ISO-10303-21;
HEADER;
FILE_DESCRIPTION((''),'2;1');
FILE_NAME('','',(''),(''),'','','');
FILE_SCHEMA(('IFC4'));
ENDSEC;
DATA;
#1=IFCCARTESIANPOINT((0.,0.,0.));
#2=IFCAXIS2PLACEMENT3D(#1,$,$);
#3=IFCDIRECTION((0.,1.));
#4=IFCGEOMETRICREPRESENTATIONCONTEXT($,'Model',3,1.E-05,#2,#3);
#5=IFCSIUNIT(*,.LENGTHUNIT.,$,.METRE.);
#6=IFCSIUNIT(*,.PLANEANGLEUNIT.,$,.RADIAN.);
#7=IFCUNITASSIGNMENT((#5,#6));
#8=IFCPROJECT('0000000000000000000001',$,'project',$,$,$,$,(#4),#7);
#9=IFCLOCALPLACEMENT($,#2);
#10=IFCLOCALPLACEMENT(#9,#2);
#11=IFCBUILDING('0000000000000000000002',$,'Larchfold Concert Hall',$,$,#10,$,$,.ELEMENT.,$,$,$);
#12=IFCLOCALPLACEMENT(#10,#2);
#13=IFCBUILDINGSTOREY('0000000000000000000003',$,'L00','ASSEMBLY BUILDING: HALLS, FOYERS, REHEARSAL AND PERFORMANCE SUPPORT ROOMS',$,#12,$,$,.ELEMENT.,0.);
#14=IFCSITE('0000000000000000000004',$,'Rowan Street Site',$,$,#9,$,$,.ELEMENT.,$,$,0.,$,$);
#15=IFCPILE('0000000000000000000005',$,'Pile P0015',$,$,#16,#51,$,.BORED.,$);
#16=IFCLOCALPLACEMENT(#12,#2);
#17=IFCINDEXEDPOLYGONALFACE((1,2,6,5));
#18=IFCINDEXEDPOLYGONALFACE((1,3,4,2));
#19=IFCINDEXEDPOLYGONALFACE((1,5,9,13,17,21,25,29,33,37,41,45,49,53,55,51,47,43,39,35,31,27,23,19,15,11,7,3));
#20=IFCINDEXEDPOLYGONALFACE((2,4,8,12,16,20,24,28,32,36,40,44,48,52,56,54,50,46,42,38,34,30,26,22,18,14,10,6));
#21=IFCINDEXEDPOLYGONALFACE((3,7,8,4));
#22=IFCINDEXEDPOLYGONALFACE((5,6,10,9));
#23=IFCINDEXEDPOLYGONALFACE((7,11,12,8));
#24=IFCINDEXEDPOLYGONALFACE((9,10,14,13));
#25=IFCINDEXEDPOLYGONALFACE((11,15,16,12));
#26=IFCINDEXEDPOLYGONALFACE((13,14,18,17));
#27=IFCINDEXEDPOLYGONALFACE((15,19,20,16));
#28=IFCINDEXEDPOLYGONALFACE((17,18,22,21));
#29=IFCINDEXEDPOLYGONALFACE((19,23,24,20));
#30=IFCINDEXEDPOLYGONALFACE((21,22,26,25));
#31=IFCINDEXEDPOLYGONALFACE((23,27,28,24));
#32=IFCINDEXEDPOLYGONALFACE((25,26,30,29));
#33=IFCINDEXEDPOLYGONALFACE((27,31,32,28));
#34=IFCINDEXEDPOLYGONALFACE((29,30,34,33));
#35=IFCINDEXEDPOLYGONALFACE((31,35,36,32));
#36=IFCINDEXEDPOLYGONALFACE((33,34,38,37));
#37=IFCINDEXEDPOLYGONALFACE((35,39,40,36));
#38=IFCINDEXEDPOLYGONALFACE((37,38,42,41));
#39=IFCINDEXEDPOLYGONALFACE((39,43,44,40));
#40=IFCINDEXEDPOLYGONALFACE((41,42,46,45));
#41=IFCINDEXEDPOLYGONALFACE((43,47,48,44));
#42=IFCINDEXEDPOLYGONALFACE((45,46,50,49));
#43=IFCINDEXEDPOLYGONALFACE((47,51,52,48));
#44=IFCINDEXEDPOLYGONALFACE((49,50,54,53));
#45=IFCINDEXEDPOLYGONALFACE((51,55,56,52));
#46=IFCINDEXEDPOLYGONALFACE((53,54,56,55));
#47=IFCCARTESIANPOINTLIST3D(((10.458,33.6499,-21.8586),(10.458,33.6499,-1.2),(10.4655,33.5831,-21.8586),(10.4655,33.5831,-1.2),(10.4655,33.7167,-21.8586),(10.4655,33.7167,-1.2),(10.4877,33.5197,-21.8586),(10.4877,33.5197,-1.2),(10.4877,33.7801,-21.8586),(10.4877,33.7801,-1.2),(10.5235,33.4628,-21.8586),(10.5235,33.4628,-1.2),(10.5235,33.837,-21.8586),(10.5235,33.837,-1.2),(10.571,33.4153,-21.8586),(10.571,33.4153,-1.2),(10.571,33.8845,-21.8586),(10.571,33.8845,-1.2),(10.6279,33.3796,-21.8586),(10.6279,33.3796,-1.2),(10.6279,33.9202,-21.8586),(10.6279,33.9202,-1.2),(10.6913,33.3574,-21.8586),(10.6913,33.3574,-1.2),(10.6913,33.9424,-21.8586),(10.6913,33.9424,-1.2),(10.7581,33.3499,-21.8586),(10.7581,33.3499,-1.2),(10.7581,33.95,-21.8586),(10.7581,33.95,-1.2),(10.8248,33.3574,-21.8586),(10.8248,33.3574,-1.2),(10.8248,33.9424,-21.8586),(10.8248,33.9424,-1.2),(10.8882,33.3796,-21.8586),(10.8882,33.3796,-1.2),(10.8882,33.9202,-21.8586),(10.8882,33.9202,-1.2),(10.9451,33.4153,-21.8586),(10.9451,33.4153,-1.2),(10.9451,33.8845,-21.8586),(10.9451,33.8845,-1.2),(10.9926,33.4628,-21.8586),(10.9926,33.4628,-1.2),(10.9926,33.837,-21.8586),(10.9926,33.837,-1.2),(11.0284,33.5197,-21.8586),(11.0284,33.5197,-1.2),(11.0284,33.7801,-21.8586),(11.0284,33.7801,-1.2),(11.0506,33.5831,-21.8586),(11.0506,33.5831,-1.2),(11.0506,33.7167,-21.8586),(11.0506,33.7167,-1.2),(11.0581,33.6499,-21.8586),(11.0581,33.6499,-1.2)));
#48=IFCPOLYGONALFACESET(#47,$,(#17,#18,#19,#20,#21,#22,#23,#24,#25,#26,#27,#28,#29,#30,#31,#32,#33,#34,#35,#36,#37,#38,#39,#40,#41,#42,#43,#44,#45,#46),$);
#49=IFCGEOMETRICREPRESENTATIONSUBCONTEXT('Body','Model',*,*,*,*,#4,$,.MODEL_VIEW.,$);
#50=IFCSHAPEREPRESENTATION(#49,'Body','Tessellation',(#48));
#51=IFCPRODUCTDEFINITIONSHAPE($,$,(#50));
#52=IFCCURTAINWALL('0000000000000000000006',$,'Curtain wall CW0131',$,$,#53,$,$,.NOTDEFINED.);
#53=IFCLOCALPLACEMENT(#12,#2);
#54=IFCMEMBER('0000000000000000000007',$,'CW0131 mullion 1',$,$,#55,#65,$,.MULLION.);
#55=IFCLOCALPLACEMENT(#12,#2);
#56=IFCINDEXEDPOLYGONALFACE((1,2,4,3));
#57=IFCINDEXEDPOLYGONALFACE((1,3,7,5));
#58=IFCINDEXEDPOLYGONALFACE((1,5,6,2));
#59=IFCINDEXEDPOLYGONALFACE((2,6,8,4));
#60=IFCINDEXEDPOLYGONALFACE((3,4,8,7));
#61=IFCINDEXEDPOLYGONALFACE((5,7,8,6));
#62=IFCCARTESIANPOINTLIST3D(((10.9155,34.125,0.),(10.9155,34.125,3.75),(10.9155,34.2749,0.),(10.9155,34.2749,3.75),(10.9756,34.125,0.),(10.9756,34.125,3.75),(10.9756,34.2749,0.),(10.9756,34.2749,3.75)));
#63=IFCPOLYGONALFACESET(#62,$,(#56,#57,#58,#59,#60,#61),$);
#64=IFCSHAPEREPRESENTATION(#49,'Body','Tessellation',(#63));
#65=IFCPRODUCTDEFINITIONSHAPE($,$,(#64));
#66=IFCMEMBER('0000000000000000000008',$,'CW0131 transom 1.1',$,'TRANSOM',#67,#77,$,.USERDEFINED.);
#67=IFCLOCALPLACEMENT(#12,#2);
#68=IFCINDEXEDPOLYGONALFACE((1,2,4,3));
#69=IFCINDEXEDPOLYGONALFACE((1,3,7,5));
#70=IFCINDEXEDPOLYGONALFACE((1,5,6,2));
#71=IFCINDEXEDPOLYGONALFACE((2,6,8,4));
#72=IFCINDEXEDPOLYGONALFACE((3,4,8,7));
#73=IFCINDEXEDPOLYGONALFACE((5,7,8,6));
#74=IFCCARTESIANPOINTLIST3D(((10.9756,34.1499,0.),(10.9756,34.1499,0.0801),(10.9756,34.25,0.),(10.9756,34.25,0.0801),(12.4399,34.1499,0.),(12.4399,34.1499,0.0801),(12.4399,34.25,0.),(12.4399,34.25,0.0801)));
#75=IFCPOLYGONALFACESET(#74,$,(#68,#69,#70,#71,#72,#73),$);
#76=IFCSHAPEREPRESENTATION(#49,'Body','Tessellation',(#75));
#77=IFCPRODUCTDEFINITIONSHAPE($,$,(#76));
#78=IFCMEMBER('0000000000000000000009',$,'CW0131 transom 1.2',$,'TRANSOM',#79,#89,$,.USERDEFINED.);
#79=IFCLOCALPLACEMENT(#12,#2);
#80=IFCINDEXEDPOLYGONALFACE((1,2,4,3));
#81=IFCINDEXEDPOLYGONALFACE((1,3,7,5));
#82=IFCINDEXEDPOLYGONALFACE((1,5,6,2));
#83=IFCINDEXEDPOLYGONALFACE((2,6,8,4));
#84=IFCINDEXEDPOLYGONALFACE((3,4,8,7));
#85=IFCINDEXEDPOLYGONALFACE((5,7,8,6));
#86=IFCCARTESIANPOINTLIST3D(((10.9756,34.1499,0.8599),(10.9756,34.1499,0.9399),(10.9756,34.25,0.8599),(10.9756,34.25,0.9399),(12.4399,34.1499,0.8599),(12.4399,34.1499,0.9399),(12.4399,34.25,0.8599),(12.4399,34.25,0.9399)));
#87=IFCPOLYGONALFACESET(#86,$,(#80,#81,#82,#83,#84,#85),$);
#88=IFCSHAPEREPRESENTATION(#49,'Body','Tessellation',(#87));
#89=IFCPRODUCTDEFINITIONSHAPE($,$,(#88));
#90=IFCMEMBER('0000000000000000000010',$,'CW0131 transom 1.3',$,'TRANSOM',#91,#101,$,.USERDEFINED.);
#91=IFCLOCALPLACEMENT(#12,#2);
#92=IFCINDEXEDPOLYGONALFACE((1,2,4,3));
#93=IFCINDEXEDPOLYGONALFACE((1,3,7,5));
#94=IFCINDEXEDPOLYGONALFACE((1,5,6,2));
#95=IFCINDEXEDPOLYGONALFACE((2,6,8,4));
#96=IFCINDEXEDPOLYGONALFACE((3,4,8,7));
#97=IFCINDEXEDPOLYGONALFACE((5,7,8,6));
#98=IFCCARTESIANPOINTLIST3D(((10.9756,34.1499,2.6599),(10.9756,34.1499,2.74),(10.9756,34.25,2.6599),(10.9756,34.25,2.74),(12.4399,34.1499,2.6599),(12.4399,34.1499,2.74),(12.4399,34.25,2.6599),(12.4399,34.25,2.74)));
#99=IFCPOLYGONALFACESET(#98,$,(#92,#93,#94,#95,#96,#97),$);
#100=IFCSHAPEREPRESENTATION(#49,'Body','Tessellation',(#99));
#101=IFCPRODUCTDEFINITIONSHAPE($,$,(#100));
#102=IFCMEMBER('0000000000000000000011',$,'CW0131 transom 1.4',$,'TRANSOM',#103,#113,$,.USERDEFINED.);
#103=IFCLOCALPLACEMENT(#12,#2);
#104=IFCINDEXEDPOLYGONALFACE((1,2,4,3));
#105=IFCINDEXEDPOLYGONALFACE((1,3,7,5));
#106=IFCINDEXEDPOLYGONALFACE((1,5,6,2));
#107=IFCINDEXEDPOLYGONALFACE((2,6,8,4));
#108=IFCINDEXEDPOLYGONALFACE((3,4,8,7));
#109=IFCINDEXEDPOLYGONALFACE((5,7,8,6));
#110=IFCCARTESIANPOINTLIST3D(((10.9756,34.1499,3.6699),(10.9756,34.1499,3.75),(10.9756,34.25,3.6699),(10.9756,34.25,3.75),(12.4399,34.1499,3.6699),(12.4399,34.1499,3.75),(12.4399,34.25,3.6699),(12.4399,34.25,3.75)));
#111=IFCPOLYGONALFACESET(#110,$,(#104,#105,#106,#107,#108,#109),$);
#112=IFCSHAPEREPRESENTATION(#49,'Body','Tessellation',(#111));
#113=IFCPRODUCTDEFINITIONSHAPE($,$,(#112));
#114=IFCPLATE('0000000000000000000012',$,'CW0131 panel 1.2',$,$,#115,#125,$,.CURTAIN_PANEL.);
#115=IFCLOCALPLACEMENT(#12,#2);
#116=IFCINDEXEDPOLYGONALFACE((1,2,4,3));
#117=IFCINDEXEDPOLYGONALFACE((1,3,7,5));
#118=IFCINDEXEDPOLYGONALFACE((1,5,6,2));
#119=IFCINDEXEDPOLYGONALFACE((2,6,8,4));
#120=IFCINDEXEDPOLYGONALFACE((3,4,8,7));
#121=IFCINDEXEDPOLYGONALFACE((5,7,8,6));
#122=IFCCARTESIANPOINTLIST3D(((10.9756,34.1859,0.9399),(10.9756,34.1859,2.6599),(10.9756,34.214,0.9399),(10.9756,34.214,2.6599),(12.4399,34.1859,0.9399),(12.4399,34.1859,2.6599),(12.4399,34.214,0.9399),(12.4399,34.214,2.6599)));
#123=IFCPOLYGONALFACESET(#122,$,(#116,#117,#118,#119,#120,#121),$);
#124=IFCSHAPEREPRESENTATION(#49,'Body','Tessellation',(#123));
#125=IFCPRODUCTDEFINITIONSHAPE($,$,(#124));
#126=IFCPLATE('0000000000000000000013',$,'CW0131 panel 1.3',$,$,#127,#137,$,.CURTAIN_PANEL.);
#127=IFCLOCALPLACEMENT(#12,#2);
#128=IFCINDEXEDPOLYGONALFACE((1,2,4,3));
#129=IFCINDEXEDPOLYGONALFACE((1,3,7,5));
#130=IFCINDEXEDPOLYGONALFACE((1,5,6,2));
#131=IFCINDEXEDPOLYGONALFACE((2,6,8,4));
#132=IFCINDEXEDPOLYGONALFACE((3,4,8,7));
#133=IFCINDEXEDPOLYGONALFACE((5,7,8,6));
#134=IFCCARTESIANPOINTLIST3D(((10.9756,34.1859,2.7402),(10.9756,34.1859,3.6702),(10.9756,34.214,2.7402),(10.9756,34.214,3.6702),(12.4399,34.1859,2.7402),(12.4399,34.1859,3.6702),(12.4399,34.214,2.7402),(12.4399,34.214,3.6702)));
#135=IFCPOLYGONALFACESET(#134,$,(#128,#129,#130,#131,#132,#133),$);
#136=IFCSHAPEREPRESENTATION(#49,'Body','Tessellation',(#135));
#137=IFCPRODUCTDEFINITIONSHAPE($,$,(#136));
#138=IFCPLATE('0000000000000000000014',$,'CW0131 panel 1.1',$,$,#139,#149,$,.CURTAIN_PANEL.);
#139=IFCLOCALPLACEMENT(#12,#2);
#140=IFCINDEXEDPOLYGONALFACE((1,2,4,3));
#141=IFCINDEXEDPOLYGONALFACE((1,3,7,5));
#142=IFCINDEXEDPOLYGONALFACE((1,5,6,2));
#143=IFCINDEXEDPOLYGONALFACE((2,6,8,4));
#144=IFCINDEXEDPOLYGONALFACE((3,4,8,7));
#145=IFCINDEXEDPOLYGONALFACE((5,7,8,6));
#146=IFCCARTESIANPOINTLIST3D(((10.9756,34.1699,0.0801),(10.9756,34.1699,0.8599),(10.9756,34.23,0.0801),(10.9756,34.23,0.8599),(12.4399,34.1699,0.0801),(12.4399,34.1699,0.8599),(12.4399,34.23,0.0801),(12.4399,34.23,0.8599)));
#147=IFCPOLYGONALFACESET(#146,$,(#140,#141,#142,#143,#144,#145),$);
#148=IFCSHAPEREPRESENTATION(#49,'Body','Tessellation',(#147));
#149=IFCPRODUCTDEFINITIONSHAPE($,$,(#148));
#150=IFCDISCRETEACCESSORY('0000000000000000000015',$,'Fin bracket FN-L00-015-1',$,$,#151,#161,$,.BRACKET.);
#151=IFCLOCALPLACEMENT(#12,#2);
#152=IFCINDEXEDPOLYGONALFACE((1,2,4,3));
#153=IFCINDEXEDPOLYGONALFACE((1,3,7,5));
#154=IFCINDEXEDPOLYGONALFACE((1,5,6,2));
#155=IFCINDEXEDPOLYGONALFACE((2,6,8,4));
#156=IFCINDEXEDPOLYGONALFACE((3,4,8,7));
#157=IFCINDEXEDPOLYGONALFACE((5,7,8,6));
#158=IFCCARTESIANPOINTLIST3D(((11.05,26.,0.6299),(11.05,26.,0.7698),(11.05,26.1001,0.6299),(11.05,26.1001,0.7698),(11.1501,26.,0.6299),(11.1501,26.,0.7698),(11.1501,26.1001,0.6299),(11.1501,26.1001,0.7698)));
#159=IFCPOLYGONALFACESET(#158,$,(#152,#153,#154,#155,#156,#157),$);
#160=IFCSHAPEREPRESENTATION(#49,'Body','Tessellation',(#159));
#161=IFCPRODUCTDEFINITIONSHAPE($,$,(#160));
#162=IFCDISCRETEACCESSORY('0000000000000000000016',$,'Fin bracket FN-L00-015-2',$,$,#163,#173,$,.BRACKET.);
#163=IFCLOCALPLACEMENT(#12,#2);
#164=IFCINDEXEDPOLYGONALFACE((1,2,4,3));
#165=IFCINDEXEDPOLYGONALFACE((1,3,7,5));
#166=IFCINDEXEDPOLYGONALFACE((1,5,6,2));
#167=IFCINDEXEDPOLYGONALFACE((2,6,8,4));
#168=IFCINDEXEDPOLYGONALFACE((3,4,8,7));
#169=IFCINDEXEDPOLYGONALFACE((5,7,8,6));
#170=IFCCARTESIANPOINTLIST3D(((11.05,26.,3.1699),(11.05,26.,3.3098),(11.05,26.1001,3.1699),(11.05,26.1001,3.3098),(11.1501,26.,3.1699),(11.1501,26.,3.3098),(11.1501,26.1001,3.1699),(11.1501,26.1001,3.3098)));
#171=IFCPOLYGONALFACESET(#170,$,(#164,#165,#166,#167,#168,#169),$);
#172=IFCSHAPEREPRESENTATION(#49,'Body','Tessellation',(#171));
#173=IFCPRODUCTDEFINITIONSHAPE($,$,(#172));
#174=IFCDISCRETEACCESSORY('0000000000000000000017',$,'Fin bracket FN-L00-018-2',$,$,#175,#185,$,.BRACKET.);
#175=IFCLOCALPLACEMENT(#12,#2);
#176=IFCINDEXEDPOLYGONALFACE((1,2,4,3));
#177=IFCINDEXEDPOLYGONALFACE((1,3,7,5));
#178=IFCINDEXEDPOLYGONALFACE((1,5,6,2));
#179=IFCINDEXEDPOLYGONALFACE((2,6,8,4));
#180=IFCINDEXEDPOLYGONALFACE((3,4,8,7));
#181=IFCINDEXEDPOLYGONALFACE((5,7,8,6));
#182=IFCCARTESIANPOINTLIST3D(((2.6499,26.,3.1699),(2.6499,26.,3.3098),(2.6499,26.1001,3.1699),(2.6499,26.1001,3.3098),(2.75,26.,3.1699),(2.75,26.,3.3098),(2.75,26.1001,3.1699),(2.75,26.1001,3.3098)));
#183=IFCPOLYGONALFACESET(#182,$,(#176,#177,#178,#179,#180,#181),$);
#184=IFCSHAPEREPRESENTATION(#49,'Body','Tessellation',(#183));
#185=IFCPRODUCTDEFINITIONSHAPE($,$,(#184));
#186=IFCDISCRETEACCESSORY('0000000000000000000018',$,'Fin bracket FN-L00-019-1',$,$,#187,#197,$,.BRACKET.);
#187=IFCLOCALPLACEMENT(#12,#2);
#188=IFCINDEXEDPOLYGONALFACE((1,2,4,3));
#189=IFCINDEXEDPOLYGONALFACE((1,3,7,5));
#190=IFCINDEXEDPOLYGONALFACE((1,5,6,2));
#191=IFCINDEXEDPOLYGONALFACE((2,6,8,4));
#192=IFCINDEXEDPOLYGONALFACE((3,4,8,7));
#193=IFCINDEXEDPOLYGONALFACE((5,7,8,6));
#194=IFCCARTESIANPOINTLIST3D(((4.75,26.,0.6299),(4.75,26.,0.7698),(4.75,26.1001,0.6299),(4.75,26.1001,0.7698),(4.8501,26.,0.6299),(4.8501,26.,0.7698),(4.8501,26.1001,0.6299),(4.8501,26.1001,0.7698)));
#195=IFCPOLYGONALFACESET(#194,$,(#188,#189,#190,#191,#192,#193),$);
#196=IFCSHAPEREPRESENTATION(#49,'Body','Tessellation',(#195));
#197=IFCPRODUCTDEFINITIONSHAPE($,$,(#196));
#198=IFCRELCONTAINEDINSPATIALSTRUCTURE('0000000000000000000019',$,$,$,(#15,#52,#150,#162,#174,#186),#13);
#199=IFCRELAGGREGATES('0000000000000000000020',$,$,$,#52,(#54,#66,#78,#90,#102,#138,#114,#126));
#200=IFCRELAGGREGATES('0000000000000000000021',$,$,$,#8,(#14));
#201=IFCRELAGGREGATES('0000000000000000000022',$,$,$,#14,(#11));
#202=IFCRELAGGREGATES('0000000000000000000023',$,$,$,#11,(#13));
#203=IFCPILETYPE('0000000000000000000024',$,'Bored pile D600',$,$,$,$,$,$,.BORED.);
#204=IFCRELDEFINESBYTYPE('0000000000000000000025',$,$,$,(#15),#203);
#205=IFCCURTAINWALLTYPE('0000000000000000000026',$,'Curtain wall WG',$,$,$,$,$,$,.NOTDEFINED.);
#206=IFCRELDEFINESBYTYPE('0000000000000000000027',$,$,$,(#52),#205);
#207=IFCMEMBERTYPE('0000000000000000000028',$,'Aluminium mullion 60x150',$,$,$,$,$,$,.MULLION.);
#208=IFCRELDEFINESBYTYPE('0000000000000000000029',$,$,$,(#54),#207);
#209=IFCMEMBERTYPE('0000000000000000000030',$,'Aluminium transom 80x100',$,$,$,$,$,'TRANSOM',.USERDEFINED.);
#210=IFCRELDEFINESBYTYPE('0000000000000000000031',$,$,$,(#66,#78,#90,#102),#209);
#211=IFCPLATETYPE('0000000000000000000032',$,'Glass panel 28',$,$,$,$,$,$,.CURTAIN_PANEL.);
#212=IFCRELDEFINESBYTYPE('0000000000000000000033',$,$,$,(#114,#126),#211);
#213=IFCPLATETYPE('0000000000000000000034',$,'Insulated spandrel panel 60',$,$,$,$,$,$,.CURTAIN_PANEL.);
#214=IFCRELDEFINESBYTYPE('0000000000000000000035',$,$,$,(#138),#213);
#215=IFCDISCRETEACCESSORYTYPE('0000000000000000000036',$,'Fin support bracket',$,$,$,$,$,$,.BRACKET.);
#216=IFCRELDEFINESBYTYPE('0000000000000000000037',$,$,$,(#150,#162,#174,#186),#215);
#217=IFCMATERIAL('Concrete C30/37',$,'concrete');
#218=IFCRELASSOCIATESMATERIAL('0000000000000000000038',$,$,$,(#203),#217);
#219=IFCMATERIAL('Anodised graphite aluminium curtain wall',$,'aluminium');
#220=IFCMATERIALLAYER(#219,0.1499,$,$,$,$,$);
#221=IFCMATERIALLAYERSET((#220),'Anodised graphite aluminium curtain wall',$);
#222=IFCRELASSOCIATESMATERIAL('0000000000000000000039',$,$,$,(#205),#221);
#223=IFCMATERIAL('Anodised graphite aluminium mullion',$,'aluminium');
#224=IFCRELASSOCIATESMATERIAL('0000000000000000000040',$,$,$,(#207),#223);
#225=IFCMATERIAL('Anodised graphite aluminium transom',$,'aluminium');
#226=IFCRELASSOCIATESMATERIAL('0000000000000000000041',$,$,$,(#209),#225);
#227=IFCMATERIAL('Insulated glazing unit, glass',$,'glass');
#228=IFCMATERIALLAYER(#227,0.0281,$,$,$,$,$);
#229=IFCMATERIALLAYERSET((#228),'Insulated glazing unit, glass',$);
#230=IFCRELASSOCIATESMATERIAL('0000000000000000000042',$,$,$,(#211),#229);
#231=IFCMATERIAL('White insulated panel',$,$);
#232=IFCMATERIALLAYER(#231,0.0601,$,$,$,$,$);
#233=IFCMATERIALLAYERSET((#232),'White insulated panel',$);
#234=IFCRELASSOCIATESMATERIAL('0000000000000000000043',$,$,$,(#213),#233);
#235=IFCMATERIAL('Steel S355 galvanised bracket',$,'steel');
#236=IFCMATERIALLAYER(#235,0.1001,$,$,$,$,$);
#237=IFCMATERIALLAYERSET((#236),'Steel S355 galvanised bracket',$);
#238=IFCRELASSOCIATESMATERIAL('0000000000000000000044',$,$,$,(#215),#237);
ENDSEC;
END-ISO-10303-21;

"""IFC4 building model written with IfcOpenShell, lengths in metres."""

from ifc_helpers import new_model, si_unit, direction, frame, origin, origin_2d, place, context, subcontext, project, spatial, rectangle, circle, extrude, material, layer, layer_set, material_profile, profile_set, type_object, element, aggregate, save


model = new_model("IFC4")

# Units and contexts
model_context = context("Model", 3, precision=1e-05, world=origin(), true_north=direction((0.0, 1.0)))
body_context = subcontext(model_context, "Body", "Model", "MODEL_VIEW")
ifc_project = project(units=[si_unit("LENGTHUNIT", "METRE"), si_unit("PLANEANGLEUNIT", "RADIAN")], contexts=[model_context])

# Site, building, storey
site_placement = place(None, origin())
site = spatial("IfcSite", under=ifc_project, at=site_placement, Name="Rowan Street Site", CompositionType="ELEMENT", RefElevation=0.0)
building_placement = place(site_placement, origin())
building = spatial("IfcBuilding", under=site, at=building_placement, Name="Larchfold Concert Hall", CompositionType="ELEMENT")
storey_placement = place(building_placement, origin())
storey = spatial("IfcBuildingStorey", under=building, at=storey_placement, Name="L00", Description="ASSEMBLY BUILDING: HALLS, FOYERS, REHEARSAL AND PERFORMANCE SUPPORT ROOMS", CompositionType="ELEMENT", Elevation=0.0)

# Pile
ifc_material_1 = material(Name="Concrete C30/37", Category="concrete")
ifc_material_profile_1 = material_profile(ifc_material_1, circle(Radius=0.3, at=origin_2d()))
ifc_profile_set_1 = profile_set([ifc_material_profile_1], Name="Concrete C30/37")
pile_type = type_object("IfcPileType", Name="Bored pile D600", PredefinedType="BORED", material=ifc_profile_set_1)
pile_placement = place(storey_placement, frame((10.7581, 33.6499, -1.2), z_axis=(0.0, 0.0, -1.0), x_axis=(1.0, 0.0, 0.0)))
element("IfcPile", 1, at=pile_placement, inside=storey, type_object=pile_type, Name="Pile P0015", PredefinedType="BORED", context=body_context, shape_type="SweptSolid", body=[
    extrude(circle(Radius=0.3, at=origin_2d()), origin(), (0.0, 0.0, 1.0), 20.6587),
])

# Curtain wall, members, plates
ifc_material_2 = material(Name="Anodised graphite aluminium curtain wall", Category="aluminium")
ifc_layer_1 = layer(ifc_material_2, 0.1499)
ifc_layer_set_1 = layer_set([ifc_layer_1], Name="Anodised graphite aluminium curtain wall")
curtain_wall_type = type_object("IfcCurtainWallType", Name="Curtain wall WG", PredefinedType="NOTDEFINED", material=ifc_layer_set_1)
curtain_wall_placement = place(storey_placement, origin())
curtain_wall = element("IfcCurtainWall", 2, at=curtain_wall_placement, inside=storey, type_object=curtain_wall_type, Name="Curtain wall CW0131", PredefinedType="NOTDEFINED")
ifc_material_3 = material(Name="Anodised graphite aluminium mullion", Category="aluminium")
ifc_material_profile_2 = material_profile(ifc_material_3, rectangle(XDim=0.1499, YDim=0.0601, at=origin_2d()))
ifc_profile_set_2 = profile_set([ifc_material_profile_2], Name="Anodised graphite aluminium mullion")
member_type_1 = type_object("IfcMemberType", Name="Aluminium mullion 60x150", PredefinedType="MULLION", material=ifc_profile_set_2)
member_1_placement = place(storey_placement, frame((10.9456, 34.2, 0.0), z_axis=(0.0, 0.0, 1.0), x_axis=(0.0, 1.0, 0.0)))
member_1 = element("IfcMember", 3, at=member_1_placement, type_object=member_type_1, Name="CW0131 mullion 1", PredefinedType="MULLION", context=body_context, shape_type="SweptSolid", body=[
    extrude(rectangle(XDim=0.1499, YDim=0.0601, at=origin_2d()), origin(), (0.0, 0.0, 1.0), 3.75),
])
ifc_material_4 = material(Name="Anodised graphite aluminium transom", Category="aluminium")
ifc_material_profile_3 = material_profile(ifc_material_4, rectangle(XDim=0.1001, YDim=0.0801, at=origin_2d()))
ifc_profile_set_3 = profile_set([ifc_material_profile_3], Name="Anodised graphite aluminium transom")
member_type_2 = type_object("IfcMemberType", Name="Aluminium transom 80x100", ElementType="TRANSOM", PredefinedType="USERDEFINED", material=ifc_profile_set_3)
member_2_placement = place(storey_placement, frame((10.9756, 34.2, 0.04), z_axis=(1.0, 0.0, 0.0), x_axis=(0.0, 1.0, 0.0)))
member_2 = element("IfcMember", 4, at=member_2_placement, type_object=member_type_2, Name="CW0131 transom 1.1", ObjectType="TRANSOM", PredefinedType="USERDEFINED", context=body_context, shape_type="SweptSolid", body=[
    extrude(rectangle(XDim=0.1001, YDim=0.0801, at=origin_2d()), origin(), (0.0, 0.0, 1.0), 1.4644),
])
member_3_placement = place(storey_placement, frame((10.9756, 34.2, 0.8999), z_axis=(1.0, 0.0, 0.0), x_axis=(0.0, 1.0, 0.0)))
member_3 = element("IfcMember", 5, at=member_3_placement, type_object=member_type_2, Name="CW0131 transom 1.2", ObjectType="TRANSOM", PredefinedType="USERDEFINED", context=body_context, shape_type="SweptSolid", body=[
    extrude(rectangle(XDim=0.1001, YDim=0.0801, at=origin_2d()), origin(), (0.0, 0.0, 1.0), 1.4644),
])
member_4_placement = place(storey_placement, frame((10.9756, 34.2, 2.7), z_axis=(1.0, 0.0, 0.0), x_axis=(0.0, 1.0, 0.0)))
member_4 = element("IfcMember", 6, at=member_4_placement, type_object=member_type_2, Name="CW0131 transom 1.3", ObjectType="TRANSOM", PredefinedType="USERDEFINED", context=body_context, shape_type="SweptSolid", body=[
    extrude(rectangle(XDim=0.1001, YDim=0.0801, at=origin_2d()), origin(), (0.0, 0.0, 1.0), 1.4644),
])
member_5_placement = place(storey_placement, frame((10.9756, 34.2, 3.71), z_axis=(1.0, 0.0, 0.0), x_axis=(0.0, 1.0, 0.0)))
member_5 = element("IfcMember", 7, at=member_5_placement, type_object=member_type_2, Name="CW0131 transom 1.4", ObjectType="TRANSOM", PredefinedType="USERDEFINED", context=body_context, shape_type="SweptSolid", body=[
    extrude(rectangle(XDim=0.1001, YDim=0.0801, at=origin_2d()), origin(), (0.0, 0.0, 1.0), 1.4644),
])
ifc_material_5 = material(Name="Insulated glazing unit, glass", Category="glass")
ifc_layer_2 = layer(ifc_material_5, 0.0281)
ifc_layer_set_2 = layer_set([ifc_layer_2], Name="Insulated glazing unit, glass")
plate_type_1 = type_object("IfcPlateType", Name="Glass panel 28", PredefinedType="CURTAIN_PANEL", material=ifc_layer_set_2)
plate_1_placement = place(storey_placement, frame((11.7078, 34.2, 0.9399), z_axis=(0.0, 0.0, 1.0), x_axis=(1.0, 0.0, 0.0)))
plate_1 = element("IfcPlate", 8, at=plate_1_placement, type_object=plate_type_1, Name="CW0131 panel 1.2", PredefinedType="CURTAIN_PANEL", context=body_context, shape_type="SweptSolid", body=[
    extrude(rectangle(XDim=1.4644, YDim=0.0281, at=origin_2d()), origin(), (0.0, 0.0, 1.0), 1.72),
])
plate_2_placement = place(storey_placement, frame((11.7078, 34.2, 2.7402), z_axis=(0.0, 0.0, 1.0), x_axis=(1.0, 0.0, 0.0)))
plate_2 = element("IfcPlate", 9, at=plate_2_placement, type_object=plate_type_1, Name="CW0131 panel 1.3", PredefinedType="CURTAIN_PANEL", context=body_context, shape_type="SweptSolid", body=[
    extrude(rectangle(XDim=1.4644, YDim=0.0281, at=origin_2d()), origin(), (0.0, 0.0, 1.0), 0.9299),
])
ifc_material_6 = material(Name="White insulated panel")
ifc_layer_3 = layer(ifc_material_6, 0.0601)
ifc_layer_set_3 = layer_set([ifc_layer_3], Name="White insulated panel")
plate_type_2 = type_object("IfcPlateType", Name="Insulated spandrel panel 60", PredefinedType="CURTAIN_PANEL", material=ifc_layer_set_3)
plate_3_placement = place(storey_placement, frame((11.7078, 34.2, 0.0801), z_axis=(0.0, 0.0, 1.0), x_axis=(1.0, 0.0, 0.0)))
plate_3 = element("IfcPlate", 10, at=plate_3_placement, type_object=plate_type_2, Name="CW0131 panel 1.1", PredefinedType="CURTAIN_PANEL", context=body_context, shape_type="SweptSolid", body=[
    extrude(rectangle(XDim=1.4644, YDim=0.0601, at=origin_2d()), origin(), (0.0, 0.0, 1.0), 0.7798),
])
aggregate(curtain_wall, [member_1, member_2, member_3, member_4, member_5, plate_3, plate_1, plate_2])

# Discrete accessories
ifc_material_7 = material(Name="Steel S355 galvanised bracket", Category="steel")
ifc_layer_4 = layer(ifc_material_7, 0.1001)
ifc_layer_set_4 = layer_set([ifc_layer_4], Name="Steel S355 galvanised bracket")
discrete_accessory_type = type_object("IfcDiscreteAccessoryType", Name="Fin support bracket", PredefinedType="BRACKET", material=ifc_layer_set_4)
for number, where, z_axis, x_axis, name in (
    (11, (11.1001, 26.05, 0.6299), (0.0, 0.0, 1.0), (0.0, 1.0, 0.0), "Fin bracket FN-L00-015-1"),
    (12, (11.1001, 26.05, 3.1699), (0.0, 0.0, 1.0), (0.0, 1.0, 0.0), "Fin bracket FN-L00-015-2"),
    (13, (2.7, 26.05, 3.1699), (0.0, 0.0, 1.0), (0.0, 1.0, 0.0), "Fin bracket FN-L00-018-2"),
    (14, (4.8, 26.05, 0.6299), (0.0, 0.0, 1.0), (0.0, 1.0, 0.0), "Fin bracket FN-L00-019-1"),
):
    element("IfcDiscreteAccessory", number, at=place(storey_placement, frame(where, z_axis=z_axis, x_axis=x_axis)), inside=storey, type_object=discrete_accessory_type, Name=name, PredefinedType="BRACKET", context=body_context, shape_type="SweptSolid", body=[
        extrude(rectangle(XDim=0.1001, YDim=0.1001, at=origin_2d()), origin(), (0.0, 0.0, 1.0), 0.1399),
    ])

save(model, "model.ifc")
